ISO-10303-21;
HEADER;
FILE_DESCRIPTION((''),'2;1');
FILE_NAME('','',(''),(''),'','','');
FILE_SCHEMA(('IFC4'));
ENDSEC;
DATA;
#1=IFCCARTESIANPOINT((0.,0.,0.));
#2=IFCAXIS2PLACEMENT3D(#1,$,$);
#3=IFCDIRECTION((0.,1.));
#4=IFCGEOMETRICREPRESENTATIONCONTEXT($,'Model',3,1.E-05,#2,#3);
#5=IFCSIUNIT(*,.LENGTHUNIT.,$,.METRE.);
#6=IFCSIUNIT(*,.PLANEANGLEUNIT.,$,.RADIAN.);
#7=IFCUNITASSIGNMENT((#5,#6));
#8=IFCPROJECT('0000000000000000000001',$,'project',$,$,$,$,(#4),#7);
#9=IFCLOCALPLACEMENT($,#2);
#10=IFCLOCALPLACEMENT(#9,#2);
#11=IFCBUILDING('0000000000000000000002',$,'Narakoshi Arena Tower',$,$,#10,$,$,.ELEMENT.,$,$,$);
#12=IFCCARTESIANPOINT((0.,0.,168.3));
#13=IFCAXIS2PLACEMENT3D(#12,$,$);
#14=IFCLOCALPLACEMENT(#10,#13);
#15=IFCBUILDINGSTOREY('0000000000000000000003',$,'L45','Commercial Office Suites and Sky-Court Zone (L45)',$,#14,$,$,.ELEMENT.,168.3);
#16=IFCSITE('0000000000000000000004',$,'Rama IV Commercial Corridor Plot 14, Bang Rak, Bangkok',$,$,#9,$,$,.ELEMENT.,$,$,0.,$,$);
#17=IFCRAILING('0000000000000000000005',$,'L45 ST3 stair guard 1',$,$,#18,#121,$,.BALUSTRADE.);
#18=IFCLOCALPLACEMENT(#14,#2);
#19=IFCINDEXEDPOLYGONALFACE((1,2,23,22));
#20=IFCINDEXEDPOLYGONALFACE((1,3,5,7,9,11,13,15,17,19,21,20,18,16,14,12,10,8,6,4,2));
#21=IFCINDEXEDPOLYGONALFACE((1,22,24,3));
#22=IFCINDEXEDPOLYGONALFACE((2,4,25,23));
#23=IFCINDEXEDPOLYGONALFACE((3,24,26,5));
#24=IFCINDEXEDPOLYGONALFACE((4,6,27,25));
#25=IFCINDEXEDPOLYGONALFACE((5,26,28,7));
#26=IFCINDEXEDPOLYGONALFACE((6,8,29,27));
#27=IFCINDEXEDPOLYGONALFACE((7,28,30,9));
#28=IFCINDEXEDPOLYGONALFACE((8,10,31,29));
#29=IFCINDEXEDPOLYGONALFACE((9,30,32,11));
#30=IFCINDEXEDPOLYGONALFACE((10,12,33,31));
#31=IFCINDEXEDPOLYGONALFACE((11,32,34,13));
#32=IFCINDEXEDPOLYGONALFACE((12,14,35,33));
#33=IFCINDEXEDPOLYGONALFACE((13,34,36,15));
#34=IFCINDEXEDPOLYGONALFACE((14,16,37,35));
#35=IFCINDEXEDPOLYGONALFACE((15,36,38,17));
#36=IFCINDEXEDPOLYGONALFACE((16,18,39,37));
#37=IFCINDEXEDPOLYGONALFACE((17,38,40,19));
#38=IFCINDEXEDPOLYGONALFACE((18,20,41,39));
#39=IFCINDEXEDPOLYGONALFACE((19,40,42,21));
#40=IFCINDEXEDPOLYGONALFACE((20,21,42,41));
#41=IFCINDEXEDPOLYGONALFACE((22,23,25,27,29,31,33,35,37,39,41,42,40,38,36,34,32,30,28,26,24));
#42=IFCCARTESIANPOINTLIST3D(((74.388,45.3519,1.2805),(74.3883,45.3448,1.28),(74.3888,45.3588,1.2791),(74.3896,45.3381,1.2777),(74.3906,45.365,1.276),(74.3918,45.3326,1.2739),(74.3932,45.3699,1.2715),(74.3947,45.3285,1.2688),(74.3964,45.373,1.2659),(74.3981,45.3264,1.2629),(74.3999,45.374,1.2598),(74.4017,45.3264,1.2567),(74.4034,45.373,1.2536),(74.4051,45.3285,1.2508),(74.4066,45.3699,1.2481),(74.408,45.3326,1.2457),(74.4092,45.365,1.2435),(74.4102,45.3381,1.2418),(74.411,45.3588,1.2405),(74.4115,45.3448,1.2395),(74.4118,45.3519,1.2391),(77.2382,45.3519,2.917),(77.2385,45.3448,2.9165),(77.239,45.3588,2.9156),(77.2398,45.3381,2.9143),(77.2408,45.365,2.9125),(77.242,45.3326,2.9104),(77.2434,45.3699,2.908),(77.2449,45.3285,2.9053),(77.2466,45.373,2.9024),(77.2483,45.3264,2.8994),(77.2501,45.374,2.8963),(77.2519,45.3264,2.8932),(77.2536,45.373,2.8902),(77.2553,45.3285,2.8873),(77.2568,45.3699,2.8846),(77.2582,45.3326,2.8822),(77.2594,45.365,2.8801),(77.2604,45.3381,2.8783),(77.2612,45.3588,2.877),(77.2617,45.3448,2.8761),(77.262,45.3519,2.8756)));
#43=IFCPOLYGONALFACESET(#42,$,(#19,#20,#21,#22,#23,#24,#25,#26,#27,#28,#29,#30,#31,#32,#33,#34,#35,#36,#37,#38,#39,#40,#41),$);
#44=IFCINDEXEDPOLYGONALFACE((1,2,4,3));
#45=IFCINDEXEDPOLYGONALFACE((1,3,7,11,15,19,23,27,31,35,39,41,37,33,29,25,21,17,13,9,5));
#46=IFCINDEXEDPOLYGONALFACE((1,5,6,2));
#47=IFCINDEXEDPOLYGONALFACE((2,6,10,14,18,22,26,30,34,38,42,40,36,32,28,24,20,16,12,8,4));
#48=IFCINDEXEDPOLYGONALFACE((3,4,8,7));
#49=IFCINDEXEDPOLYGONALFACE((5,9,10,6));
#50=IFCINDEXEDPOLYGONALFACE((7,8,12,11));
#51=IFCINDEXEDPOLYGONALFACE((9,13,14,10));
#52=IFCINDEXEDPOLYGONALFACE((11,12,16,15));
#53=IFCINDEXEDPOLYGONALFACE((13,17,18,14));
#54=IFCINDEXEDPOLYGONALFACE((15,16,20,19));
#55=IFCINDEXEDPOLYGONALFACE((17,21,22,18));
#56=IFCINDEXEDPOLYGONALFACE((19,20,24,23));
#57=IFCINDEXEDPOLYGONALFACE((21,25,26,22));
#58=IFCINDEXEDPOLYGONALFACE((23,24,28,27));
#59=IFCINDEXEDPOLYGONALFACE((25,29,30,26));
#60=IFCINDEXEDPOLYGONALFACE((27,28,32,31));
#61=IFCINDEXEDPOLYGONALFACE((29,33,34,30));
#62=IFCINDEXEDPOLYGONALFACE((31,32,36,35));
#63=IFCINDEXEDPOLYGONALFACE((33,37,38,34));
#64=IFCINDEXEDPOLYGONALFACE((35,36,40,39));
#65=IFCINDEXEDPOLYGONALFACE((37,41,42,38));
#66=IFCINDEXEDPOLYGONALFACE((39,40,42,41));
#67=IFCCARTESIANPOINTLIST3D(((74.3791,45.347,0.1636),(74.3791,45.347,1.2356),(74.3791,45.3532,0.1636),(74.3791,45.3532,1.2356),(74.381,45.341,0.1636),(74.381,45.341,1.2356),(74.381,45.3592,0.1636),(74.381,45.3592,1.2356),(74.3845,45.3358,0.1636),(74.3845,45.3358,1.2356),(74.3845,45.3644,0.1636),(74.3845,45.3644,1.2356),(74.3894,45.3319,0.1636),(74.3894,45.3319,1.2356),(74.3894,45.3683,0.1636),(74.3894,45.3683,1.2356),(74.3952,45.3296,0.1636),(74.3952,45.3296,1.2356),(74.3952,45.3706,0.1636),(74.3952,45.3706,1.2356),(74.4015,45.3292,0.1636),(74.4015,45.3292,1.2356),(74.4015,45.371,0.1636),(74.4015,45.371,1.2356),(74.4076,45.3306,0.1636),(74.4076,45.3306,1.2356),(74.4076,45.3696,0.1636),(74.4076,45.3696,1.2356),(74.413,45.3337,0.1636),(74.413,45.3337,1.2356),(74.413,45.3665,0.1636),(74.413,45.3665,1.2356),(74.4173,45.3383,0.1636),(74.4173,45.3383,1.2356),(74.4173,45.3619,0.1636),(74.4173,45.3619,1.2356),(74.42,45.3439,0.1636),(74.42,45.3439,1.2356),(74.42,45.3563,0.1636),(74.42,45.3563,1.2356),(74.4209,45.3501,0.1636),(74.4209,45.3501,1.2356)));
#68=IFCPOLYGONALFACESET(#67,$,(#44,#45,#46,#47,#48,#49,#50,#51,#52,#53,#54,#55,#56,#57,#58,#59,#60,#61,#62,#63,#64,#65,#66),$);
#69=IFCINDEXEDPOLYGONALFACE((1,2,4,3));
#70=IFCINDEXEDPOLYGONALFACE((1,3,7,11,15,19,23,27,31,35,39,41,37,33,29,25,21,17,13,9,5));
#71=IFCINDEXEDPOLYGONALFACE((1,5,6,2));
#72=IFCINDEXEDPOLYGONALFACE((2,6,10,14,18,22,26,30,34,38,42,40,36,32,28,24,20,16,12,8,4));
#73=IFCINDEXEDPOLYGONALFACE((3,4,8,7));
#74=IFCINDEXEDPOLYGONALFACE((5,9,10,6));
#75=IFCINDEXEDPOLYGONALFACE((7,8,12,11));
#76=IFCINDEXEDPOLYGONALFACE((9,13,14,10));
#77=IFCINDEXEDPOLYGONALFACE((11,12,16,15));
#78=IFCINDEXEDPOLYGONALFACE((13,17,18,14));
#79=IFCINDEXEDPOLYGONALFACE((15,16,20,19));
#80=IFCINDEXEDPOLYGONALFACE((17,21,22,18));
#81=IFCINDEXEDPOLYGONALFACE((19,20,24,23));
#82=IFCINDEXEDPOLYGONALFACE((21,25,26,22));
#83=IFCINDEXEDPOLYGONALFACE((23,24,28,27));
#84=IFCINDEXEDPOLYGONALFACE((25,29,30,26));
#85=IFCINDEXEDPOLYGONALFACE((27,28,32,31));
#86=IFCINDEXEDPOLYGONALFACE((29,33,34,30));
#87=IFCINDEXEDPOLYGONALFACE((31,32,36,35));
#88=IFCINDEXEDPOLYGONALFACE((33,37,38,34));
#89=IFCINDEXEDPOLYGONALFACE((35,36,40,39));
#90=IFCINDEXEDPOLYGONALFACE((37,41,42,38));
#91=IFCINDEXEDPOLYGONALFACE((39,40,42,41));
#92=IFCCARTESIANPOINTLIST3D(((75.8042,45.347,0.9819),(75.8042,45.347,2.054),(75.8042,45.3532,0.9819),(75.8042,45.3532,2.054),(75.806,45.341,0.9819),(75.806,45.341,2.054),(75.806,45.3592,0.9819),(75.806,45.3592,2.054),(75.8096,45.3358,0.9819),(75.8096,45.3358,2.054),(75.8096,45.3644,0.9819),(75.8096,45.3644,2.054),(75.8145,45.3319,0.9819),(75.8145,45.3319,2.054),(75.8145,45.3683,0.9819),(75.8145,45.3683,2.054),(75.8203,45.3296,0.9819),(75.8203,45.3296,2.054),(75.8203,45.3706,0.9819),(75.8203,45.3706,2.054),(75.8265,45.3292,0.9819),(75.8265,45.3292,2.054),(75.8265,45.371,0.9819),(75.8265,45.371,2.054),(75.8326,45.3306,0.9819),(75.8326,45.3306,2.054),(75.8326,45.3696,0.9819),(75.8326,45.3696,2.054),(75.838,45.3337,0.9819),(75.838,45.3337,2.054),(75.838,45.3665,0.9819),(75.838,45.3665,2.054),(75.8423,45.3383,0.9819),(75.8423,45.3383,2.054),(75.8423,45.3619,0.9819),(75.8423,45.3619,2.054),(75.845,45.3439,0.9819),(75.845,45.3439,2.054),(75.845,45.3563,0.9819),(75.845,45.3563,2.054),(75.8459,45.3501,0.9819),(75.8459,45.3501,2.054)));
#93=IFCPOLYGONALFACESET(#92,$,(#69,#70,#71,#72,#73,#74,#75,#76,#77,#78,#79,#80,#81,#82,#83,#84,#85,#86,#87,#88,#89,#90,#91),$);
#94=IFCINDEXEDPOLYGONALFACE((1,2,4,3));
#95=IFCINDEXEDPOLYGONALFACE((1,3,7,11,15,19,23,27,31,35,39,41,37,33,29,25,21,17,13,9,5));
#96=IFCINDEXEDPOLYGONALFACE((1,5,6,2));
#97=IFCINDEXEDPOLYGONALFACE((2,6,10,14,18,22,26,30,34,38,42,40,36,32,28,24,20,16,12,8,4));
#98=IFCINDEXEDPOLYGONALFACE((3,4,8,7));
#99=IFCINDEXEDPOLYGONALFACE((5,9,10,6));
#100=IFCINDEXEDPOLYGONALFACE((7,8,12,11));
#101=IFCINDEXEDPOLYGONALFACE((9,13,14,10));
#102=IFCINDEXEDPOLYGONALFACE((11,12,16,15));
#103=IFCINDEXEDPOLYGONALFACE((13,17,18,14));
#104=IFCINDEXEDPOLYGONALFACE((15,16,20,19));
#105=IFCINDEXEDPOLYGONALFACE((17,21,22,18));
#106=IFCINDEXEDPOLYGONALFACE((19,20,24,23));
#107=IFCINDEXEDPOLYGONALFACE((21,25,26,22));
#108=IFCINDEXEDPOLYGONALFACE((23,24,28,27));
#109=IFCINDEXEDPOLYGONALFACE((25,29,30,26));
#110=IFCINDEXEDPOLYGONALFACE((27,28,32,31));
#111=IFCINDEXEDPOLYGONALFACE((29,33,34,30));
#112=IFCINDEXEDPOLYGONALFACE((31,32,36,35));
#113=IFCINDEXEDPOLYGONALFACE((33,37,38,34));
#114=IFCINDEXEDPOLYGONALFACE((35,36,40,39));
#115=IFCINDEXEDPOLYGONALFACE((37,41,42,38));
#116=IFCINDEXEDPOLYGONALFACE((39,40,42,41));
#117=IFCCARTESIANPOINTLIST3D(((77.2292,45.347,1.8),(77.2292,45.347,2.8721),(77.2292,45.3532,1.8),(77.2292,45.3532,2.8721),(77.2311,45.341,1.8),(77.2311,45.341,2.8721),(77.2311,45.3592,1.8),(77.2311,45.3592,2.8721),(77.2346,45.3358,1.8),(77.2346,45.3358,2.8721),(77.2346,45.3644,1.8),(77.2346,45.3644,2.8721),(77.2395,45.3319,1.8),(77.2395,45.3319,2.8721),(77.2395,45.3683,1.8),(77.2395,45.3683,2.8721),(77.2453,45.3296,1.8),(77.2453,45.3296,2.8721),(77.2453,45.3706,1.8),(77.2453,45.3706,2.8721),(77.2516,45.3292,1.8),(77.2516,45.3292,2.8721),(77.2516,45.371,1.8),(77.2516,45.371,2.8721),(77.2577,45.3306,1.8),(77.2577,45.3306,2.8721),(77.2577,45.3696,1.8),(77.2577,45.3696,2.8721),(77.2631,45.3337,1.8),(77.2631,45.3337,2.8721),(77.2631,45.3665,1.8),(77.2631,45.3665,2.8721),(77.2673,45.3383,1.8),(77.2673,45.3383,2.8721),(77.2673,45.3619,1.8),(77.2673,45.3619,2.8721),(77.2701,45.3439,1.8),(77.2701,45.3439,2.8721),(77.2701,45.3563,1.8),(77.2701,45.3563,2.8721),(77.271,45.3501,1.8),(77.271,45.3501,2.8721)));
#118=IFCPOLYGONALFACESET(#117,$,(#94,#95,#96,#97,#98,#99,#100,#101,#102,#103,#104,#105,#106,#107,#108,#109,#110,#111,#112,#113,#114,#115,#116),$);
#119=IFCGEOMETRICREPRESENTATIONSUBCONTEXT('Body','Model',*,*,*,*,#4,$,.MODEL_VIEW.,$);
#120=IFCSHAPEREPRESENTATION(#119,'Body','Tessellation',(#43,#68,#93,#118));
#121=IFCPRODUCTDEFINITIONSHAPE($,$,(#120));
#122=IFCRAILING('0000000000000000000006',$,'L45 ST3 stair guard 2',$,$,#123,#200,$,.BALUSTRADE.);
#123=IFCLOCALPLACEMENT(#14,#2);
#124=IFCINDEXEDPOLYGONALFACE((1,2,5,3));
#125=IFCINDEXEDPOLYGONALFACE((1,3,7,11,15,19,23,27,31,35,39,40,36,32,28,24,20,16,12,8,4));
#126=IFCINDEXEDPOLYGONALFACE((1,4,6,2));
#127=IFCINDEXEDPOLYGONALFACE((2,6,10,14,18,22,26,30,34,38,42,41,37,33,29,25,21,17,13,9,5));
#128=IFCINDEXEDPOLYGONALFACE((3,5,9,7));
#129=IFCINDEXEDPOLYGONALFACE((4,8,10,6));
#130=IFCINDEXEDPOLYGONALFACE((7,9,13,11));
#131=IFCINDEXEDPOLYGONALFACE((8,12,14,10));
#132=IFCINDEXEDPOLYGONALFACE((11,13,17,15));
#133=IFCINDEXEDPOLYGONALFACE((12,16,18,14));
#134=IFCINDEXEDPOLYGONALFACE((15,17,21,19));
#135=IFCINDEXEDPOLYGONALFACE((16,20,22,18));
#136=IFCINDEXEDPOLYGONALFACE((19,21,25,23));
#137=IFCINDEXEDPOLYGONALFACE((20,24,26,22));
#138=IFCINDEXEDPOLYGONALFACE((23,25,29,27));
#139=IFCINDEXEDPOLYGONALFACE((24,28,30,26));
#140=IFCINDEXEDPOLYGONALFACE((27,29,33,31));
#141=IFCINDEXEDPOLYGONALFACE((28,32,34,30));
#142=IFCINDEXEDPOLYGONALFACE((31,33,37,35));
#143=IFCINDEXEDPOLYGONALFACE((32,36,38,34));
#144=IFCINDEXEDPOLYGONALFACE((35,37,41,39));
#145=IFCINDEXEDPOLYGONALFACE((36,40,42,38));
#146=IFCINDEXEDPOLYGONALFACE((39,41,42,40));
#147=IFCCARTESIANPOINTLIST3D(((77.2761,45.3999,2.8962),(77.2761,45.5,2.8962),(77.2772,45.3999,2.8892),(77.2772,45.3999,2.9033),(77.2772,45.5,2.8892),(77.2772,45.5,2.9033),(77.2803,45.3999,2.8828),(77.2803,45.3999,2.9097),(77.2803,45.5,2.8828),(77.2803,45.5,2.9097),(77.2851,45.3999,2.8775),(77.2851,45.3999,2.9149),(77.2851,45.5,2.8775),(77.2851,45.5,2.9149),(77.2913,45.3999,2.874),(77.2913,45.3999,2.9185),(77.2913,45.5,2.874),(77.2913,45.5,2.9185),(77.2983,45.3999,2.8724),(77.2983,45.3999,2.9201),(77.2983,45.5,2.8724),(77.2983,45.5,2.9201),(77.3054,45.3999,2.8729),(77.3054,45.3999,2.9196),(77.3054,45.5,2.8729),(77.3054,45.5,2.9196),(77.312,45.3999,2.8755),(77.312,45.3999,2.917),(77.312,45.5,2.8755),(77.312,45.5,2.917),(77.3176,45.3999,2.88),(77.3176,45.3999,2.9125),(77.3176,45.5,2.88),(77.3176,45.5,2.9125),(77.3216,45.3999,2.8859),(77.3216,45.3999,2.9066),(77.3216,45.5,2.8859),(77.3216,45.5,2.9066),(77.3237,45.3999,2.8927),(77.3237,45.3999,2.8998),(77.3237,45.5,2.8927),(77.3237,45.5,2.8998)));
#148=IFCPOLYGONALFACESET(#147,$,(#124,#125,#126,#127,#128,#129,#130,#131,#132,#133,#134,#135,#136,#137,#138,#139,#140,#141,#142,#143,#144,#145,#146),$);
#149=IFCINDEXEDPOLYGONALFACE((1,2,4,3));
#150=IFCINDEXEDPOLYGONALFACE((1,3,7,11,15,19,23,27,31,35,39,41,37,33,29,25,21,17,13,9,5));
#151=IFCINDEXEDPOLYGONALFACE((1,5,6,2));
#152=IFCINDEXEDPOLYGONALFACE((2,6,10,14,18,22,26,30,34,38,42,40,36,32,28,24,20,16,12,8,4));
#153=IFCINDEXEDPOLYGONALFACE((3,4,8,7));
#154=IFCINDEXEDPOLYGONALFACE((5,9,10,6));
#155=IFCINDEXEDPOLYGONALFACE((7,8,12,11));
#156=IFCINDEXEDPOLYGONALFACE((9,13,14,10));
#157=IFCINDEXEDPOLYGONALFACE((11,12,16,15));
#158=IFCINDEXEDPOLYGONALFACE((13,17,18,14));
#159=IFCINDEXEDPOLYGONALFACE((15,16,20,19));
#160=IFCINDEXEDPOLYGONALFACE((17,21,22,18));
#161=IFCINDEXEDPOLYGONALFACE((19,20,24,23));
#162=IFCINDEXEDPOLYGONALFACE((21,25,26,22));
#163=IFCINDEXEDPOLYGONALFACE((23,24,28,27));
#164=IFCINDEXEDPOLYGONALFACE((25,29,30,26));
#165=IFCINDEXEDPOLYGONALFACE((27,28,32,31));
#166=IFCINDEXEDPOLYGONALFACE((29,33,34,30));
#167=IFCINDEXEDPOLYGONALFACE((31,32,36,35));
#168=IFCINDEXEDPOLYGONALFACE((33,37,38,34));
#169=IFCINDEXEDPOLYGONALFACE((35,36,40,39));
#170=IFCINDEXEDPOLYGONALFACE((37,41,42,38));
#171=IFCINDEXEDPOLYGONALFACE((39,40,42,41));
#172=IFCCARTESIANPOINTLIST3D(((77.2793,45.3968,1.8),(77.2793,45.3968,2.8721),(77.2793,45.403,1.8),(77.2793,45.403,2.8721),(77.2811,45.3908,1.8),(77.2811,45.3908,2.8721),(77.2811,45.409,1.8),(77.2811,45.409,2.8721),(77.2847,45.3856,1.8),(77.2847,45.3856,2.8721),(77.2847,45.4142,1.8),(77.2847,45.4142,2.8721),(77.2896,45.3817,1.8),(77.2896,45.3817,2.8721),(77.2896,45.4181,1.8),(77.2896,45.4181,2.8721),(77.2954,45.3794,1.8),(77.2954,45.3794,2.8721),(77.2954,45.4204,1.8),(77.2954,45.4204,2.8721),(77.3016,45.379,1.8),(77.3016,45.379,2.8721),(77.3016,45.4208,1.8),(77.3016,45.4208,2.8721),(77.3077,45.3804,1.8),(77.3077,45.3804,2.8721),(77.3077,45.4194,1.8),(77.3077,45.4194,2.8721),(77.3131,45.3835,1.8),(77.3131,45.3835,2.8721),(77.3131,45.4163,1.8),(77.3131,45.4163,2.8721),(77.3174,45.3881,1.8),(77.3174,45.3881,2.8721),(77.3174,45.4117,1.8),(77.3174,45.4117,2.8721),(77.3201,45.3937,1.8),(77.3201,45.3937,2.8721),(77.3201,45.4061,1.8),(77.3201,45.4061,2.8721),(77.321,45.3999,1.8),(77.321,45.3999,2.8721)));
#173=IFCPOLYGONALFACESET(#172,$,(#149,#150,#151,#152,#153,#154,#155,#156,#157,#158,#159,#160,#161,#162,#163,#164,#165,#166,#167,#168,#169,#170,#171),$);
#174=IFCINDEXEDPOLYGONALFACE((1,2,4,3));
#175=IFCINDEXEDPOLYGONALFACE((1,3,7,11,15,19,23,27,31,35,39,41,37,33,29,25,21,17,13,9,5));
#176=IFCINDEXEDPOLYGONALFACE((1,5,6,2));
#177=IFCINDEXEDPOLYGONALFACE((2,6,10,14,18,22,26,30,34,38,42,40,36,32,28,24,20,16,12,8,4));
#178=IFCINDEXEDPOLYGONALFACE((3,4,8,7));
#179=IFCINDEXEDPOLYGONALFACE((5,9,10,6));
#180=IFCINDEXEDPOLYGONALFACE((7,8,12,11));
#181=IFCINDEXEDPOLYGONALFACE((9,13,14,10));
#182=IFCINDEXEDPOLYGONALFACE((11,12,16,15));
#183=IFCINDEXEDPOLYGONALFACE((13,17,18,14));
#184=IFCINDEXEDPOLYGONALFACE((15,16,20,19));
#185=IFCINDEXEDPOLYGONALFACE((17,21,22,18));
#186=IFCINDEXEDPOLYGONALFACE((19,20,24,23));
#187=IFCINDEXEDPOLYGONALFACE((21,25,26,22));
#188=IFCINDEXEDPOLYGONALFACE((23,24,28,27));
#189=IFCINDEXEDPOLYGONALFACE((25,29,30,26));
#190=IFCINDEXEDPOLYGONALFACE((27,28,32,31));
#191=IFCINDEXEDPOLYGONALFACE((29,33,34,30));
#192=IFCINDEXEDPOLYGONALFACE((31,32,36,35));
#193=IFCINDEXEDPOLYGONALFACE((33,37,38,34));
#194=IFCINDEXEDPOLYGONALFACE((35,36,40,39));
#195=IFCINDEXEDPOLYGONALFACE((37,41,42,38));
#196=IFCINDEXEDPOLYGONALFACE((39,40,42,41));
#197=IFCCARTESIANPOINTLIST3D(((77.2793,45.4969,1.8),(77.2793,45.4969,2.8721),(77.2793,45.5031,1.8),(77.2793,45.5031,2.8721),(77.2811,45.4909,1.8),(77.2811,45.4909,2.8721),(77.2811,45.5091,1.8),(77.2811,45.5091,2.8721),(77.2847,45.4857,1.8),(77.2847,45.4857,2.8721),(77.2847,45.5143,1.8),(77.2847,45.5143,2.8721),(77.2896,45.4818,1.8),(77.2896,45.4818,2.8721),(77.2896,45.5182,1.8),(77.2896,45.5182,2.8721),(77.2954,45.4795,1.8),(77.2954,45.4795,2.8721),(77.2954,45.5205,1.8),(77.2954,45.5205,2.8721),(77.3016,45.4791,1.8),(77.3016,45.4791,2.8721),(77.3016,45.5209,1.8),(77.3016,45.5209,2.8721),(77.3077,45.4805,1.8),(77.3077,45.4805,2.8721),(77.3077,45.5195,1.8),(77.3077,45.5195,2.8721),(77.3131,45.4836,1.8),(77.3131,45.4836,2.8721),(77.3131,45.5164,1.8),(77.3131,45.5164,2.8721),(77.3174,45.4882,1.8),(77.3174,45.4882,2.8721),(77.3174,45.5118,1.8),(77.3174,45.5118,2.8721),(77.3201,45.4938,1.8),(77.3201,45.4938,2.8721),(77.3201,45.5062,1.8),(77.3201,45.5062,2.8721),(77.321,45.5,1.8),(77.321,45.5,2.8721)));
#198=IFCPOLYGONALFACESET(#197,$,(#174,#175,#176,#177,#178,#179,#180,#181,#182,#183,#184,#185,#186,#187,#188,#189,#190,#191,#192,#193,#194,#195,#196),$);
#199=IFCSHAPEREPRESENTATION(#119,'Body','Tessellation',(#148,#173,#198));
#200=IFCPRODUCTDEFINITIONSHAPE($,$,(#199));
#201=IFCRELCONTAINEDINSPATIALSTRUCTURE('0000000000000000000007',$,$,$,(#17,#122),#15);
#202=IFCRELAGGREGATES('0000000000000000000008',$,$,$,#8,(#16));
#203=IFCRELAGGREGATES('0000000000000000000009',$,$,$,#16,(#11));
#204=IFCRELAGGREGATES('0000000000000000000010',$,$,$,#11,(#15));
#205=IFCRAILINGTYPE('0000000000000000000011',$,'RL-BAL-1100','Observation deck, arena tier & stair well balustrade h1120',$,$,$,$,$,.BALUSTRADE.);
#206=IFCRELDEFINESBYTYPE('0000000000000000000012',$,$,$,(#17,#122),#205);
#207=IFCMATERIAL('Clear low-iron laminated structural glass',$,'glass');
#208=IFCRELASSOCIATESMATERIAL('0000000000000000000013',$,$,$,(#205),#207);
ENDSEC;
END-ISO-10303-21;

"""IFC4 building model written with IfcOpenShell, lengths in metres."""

from ifc_helpers import new_model, si_unit, direction, frame, origin, origin_2d, place, context, subcontext, project, spatial, circle, extrude, material, type_object, element, save


model = new_model("IFC4")

# Units and contexts
model_context = context("Model", 3, precision=1e-05, world=origin(), true_north=direction((0.0, 1.0)))
body_context = subcontext(model_context, "Body", "Model", "MODEL_VIEW")
ifc_project = project(units=[si_unit("LENGTHUNIT", "METRE"), si_unit("PLANEANGLEUNIT", "RADIAN")], contexts=[model_context])

# Site, building, storey
site_placement = place(None, origin())
site = spatial("IfcSite", under=ifc_project, at=site_placement, Name="Rama IV Commercial Corridor Plot 14, Bang Rak, Bangkok", CompositionType="ELEMENT", RefElevation=0.0)
building_placement = place(site_placement, origin())
building = spatial("IfcBuilding", under=site, at=building_placement, Name="Narakoshi Arena Tower", CompositionType="ELEMENT")
storey_placement = place(building_placement, frame((0.0, 0.0, 168.3)))
storey = spatial("IfcBuildingStorey", under=building, at=storey_placement, Name="L45", Description="Commercial Office Suites and Sky-Court Zone (L45)", CompositionType="ELEMENT", Elevation=168.3)

# Railings
ifc_material_1 = material(Name="Clear low-iron laminated structural glass", Category="glass")
railing_type_1 = type_object("IfcRailingType", Name="RL-BAL-1100", Description="Observation deck, arena tier & stair well balustrade h1120", PredefinedType="BALUSTRADE", material=ifc_material_1)
railing_1_placement = place(storey_placement, frame((74.3999, 45.3501, 0.1636)))
element("IfcRailing", 1, at=railing_1_placement, inside=storey, type_object=railing_type_1, Name="L45 ST3 stair guard 1", PredefinedType="BALUSTRADE", context=body_context, shape_type="SweptSolid", body=[
    extrude(circle(Radius=0.0239, at=origin_2d()), frame((0.0, 0.0, 1.0962), z_axis=(0.867213, 0.0, 0.497938), x_axis=(0.0, 1.0, 0.0)), (0.0, 0.0, 1.0), 3.2866),
    extrude(circle(Radius=0.021, at=origin_2d()), origin(), (0.0, 0.0, 1.0), 1.072),
    extrude(circle(Radius=0.021, at=origin_2d()), frame((1.425, 0.0, 0.8184)), (0.0, 0.0, 1.0), 1.072),
    extrude(circle(Radius=0.021, at=origin_2d()), frame((2.8501, 0.0, 1.6365)), (0.0, 0.0, 1.0), 1.072),
])
for number, where, name in (
    (2, (77.3, 45.3999, 1.8), "L45 ST3 stair guard 2"),
):
    element("IfcRailing", number, at=place(storey_placement, frame(where)), inside=storey, type_object=railing_type_1, Name=name, PredefinedType="BALUSTRADE", context=body_context, shape_type="SweptSolid", body=[
        extrude(circle(Radius=0.0239, at=origin_2d()), frame((0.0, 0.0, 1.0962), z_axis=(0.0, 1.0, 0.0), x_axis=(-1.0, 0.0, 0.0)), (0.0, 0.0, 1.0), 0.1001),
        extrude(circle(Radius=0.021, at=origin_2d()), origin(), (0.0, 0.0, 1.0), 1.072),
        extrude(circle(Radius=0.021, at=origin_2d()), frame((0.0, 0.1001, 0.0)), (0.0, 0.0, 1.0), 1.072),
    ])

save(model, "model.ifc")
